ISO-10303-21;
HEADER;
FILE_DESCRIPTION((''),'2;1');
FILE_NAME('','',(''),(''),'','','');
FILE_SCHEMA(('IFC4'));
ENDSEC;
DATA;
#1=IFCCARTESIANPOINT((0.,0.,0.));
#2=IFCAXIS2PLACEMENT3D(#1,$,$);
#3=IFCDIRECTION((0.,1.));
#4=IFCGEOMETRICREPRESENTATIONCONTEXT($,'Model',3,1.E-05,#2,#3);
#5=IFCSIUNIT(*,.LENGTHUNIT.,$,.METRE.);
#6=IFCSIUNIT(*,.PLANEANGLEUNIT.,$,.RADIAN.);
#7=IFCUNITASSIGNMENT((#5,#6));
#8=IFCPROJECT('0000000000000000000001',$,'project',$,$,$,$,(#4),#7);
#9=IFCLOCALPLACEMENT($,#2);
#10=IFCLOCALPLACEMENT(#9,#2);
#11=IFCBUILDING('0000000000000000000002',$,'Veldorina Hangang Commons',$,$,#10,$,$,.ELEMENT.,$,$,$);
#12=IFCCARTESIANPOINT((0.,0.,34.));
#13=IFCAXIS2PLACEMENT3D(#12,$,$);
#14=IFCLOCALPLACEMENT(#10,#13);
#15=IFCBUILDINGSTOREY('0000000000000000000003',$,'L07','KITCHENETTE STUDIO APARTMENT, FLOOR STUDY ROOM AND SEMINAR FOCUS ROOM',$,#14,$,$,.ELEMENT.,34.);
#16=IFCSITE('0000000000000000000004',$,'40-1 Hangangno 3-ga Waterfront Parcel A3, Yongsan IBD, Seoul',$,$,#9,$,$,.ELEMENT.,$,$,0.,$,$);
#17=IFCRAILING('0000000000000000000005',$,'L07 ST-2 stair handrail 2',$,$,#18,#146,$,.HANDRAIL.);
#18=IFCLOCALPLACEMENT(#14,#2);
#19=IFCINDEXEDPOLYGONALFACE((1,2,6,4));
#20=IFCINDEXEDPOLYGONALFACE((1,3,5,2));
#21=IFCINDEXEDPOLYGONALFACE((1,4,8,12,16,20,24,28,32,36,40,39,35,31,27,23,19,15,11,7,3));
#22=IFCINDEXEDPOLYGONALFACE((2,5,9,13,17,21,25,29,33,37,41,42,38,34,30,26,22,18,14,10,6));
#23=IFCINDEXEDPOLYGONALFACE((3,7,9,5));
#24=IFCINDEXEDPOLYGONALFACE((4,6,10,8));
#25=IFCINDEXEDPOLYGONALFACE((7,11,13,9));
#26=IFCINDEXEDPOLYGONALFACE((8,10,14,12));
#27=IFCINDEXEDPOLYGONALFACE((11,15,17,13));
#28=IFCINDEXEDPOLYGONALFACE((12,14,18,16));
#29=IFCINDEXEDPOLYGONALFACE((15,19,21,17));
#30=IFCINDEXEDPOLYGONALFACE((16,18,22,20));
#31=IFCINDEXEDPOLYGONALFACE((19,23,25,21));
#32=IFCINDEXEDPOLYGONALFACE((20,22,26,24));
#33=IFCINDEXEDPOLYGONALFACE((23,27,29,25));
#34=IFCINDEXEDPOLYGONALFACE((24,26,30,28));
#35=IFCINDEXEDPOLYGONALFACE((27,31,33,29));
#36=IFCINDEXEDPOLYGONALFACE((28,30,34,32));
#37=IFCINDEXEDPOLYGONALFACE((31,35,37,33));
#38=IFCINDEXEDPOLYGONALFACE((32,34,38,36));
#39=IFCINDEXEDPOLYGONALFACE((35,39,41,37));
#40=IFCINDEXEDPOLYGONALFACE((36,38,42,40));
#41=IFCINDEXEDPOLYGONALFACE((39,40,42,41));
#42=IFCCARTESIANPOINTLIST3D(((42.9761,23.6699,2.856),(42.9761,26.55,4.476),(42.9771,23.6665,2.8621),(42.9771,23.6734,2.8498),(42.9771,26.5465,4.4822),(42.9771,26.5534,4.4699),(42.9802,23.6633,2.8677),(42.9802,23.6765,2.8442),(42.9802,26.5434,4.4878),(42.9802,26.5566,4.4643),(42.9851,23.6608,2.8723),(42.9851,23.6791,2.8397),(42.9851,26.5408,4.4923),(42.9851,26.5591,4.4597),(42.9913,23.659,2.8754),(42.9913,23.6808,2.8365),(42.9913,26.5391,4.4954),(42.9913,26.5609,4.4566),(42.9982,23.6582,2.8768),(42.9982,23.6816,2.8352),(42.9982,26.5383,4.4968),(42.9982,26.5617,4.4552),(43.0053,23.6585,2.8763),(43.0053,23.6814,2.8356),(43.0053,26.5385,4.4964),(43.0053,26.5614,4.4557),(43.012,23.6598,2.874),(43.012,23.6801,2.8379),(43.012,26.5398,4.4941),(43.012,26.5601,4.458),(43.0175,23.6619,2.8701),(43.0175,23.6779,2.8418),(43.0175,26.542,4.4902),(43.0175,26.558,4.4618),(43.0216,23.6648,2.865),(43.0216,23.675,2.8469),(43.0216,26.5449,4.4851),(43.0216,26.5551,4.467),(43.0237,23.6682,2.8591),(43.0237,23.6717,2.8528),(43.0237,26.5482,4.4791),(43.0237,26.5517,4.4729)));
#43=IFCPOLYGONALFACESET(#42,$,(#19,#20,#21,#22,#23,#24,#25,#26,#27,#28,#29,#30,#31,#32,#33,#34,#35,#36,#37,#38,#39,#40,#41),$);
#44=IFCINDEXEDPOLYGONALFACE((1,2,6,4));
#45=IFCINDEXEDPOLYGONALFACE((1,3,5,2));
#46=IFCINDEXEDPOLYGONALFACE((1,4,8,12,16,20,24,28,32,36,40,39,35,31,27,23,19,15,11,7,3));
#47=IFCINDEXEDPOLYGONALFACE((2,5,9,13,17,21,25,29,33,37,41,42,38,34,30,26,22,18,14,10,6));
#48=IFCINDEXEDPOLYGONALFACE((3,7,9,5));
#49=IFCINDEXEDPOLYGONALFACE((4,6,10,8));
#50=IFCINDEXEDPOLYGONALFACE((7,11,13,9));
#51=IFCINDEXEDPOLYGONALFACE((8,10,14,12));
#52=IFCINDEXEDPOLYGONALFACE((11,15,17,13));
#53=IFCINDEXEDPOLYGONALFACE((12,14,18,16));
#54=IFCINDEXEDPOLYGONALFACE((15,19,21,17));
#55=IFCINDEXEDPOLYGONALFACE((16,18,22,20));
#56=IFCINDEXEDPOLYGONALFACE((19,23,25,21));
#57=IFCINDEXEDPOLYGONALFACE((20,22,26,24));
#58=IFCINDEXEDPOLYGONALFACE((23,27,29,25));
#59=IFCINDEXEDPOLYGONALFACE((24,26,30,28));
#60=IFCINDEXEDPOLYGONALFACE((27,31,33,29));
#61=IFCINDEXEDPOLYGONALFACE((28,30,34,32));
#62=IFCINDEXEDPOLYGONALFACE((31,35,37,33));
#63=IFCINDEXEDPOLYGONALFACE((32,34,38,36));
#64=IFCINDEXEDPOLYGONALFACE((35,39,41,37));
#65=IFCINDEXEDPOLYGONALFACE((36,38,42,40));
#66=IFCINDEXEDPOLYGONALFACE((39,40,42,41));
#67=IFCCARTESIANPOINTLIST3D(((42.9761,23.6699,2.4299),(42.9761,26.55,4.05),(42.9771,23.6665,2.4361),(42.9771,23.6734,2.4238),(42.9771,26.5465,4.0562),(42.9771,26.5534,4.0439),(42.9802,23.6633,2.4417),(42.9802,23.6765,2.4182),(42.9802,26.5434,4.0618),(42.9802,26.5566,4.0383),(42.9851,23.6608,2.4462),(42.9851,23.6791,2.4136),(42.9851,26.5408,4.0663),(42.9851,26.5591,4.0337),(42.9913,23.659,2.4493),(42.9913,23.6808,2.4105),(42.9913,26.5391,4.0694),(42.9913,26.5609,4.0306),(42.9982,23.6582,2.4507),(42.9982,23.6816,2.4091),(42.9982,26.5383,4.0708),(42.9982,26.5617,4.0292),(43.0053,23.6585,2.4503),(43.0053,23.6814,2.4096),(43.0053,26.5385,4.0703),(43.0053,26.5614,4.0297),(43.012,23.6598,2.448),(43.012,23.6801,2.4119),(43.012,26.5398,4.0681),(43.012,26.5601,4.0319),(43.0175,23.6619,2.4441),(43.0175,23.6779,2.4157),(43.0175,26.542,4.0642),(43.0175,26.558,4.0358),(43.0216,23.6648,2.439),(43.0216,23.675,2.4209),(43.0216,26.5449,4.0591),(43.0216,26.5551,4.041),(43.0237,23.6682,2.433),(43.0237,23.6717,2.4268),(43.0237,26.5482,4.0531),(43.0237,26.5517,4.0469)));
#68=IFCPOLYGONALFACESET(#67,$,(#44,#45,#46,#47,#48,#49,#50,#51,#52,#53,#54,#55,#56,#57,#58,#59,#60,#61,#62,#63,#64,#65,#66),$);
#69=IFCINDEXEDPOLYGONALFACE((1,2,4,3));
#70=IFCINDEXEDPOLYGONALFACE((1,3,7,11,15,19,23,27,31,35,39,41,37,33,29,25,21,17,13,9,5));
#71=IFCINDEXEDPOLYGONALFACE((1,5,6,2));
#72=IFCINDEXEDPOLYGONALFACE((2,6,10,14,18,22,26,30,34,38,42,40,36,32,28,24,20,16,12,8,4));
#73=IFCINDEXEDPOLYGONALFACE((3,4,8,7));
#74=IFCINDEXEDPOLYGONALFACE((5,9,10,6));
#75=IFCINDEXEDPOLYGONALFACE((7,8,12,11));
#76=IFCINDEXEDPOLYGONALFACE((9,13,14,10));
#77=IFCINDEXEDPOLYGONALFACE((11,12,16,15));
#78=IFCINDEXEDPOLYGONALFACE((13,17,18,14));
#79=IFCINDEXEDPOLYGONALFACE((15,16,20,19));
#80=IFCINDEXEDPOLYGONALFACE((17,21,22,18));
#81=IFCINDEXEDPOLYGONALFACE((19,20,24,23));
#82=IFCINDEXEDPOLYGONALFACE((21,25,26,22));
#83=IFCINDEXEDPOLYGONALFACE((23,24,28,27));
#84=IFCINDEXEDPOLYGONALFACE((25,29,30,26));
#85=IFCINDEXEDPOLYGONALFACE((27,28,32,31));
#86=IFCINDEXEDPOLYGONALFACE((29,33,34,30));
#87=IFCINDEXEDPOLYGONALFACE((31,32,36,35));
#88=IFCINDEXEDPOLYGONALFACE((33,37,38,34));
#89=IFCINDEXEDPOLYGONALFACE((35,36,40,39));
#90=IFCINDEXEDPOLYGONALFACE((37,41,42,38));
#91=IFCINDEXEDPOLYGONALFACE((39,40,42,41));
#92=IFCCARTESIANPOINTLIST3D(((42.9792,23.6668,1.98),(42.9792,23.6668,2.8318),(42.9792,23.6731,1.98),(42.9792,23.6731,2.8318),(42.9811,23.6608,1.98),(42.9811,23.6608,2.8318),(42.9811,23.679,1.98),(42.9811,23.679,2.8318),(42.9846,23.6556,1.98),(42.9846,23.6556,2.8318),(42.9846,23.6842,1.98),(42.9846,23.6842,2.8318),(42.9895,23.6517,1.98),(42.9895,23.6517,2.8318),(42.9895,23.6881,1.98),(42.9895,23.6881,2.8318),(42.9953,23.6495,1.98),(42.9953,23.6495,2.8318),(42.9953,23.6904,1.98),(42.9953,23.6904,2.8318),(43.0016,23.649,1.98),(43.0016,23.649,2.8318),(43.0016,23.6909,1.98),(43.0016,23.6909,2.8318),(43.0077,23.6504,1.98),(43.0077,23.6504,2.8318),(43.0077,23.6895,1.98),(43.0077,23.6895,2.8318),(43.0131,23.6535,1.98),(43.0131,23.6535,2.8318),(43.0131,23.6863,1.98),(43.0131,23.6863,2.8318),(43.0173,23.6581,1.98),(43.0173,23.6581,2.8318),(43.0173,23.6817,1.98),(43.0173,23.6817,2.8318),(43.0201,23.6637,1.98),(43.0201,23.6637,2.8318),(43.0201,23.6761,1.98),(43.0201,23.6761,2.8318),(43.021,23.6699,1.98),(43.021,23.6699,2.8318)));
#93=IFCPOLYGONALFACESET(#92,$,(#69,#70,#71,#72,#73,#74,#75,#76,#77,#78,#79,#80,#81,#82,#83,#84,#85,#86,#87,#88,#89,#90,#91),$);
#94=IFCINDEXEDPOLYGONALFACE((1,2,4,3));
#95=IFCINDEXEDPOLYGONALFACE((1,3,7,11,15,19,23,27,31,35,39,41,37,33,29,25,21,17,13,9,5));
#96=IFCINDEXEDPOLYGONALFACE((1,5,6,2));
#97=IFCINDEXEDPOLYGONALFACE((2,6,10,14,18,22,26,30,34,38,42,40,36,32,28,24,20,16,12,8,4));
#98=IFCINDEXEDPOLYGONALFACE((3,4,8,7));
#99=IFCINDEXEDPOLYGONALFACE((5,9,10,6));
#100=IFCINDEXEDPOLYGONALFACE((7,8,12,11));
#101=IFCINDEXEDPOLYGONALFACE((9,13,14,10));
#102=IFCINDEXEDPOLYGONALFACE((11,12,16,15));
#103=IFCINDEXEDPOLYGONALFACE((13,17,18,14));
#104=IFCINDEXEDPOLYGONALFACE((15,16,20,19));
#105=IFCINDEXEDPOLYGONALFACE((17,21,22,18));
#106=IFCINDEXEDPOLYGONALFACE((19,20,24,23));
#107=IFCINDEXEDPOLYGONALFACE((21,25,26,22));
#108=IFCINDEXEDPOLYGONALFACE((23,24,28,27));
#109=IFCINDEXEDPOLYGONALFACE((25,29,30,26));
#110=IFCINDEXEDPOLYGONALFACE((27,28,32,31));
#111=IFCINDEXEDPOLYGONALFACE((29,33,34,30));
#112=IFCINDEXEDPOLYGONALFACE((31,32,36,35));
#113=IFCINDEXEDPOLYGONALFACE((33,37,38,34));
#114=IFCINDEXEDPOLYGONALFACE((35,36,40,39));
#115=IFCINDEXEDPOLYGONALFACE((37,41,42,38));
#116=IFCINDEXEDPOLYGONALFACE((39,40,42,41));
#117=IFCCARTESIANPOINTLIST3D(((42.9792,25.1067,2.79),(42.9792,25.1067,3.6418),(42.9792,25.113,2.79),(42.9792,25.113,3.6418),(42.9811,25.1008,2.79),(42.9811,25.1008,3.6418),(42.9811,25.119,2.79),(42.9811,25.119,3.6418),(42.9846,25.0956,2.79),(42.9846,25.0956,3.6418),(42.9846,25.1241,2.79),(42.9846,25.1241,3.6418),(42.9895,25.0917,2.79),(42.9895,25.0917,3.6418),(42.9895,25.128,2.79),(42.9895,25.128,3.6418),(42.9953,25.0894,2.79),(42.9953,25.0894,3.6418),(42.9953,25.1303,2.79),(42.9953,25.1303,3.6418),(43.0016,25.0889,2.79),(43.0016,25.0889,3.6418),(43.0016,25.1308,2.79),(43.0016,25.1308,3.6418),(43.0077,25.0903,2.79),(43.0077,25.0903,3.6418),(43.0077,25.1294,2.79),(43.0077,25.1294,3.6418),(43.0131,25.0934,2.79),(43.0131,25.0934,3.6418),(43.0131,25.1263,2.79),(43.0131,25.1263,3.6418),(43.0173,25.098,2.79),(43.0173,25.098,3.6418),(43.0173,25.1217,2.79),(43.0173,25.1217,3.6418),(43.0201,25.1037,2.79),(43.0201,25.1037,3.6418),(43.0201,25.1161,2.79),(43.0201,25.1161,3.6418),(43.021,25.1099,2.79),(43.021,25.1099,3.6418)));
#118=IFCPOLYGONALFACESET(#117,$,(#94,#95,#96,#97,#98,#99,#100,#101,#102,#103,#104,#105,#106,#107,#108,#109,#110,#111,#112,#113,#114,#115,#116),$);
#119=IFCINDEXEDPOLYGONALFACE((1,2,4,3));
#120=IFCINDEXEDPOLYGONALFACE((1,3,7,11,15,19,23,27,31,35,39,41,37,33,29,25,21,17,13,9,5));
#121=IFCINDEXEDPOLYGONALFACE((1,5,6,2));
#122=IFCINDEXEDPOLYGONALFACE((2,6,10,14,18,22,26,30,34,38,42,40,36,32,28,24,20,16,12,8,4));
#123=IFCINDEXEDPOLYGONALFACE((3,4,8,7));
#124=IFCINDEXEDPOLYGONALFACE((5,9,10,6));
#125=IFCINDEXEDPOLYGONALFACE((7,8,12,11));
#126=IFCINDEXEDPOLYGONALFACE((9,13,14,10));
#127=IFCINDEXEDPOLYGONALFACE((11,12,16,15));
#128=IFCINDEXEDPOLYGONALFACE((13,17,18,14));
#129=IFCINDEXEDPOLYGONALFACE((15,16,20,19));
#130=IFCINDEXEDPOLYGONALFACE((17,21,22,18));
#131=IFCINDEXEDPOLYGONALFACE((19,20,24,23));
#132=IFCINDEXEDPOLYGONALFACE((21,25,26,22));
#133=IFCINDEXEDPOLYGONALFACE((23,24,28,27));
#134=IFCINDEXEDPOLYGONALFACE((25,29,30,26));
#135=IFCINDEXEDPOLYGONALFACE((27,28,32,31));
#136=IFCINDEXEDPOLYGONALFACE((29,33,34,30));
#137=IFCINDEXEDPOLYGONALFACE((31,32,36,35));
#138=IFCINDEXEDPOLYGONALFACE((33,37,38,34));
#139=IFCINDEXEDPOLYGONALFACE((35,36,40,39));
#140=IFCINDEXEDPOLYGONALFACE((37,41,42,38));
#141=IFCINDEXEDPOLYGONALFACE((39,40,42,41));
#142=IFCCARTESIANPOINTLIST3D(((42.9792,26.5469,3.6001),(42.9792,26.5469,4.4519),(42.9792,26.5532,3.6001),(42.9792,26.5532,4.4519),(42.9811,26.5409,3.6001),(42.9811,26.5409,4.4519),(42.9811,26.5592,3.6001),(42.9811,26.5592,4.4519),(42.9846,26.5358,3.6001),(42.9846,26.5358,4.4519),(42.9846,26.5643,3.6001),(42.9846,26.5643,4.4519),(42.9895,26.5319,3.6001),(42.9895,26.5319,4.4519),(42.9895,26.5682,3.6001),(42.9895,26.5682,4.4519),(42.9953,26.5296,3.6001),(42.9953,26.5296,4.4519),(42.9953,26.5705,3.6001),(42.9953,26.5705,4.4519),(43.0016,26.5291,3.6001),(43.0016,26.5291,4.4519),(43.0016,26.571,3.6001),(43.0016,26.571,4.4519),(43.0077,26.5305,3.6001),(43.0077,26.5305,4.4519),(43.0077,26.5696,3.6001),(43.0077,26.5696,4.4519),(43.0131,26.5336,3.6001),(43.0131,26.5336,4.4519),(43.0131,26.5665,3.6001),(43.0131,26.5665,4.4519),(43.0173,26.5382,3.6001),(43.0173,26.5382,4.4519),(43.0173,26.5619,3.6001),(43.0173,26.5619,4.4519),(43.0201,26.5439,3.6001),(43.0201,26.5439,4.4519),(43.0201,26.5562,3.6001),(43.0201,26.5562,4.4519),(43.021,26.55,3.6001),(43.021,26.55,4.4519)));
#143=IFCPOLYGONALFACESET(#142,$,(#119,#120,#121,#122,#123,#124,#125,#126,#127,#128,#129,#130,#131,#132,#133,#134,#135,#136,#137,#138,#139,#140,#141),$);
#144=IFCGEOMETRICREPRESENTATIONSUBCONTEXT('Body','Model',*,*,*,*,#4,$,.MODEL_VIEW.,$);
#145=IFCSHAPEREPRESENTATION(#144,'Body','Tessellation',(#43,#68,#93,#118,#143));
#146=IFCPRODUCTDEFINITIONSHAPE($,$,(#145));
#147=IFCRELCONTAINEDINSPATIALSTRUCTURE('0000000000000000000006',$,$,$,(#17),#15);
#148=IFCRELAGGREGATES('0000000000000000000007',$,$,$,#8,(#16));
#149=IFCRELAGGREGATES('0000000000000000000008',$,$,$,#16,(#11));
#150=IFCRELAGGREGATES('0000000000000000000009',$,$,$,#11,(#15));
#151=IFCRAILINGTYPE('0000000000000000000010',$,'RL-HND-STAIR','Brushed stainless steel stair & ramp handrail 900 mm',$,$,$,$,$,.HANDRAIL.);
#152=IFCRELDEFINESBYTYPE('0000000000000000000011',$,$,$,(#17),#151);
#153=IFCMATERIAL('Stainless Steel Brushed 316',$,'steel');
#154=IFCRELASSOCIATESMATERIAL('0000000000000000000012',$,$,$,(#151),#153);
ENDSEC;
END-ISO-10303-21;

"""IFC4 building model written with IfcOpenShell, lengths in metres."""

from ifc_helpers import new_model, si_unit, direction, frame, origin, origin_2d, place, context, subcontext, project, spatial, circle, extrude, material, type_object, element, save


model = new_model("IFC4")

# Units and contexts
model_context = context("Model", 3, precision=1e-05, world=origin(), true_north=direction((0.0, 1.0)))
body_context = subcontext(model_context, "Body", "Model", "MODEL_VIEW")
ifc_project = project(units=[si_unit("LENGTHUNIT", "METRE"), si_unit("PLANEANGLEUNIT", "RADIAN")], contexts=[model_context])

# Site, building, storey
site_placement = place(None, origin())
site = spatial("IfcSite", under=ifc_project, at=site_placement, Name="40-1 Hangangno 3-ga Waterfront Parcel A3, Yongsan IBD, Seoul", CompositionType="ELEMENT", RefElevation=0.0)
building_placement = place(site_placement, origin())
building = spatial("IfcBuilding", under=site, at=building_placement, Name="Veldorina Hangang Commons", CompositionType="ELEMENT")
storey_placement = place(building_placement, frame((0.0, 0.0, 34.0)))
storey = spatial("IfcBuildingStorey", under=building, at=storey_placement, Name="L07", Description="KITCHENETTE STUDIO APARTMENT, FLOOR STUDY ROOM AND SEMINAR FOCUS ROOM", CompositionType="ELEMENT", Elevation=34.0)

# Railing
ifc_material_1 = material(Name="Stainless Steel Brushed 316", Category="steel")
railing_type_1 = type_object("IfcRailingType", Name="RL-HND-STAIR", Description="Brushed stainless steel stair & ramp handrail 900 mm", PredefinedType="HANDRAIL", material=ifc_material_1)
railing_1_placement = place(storey_placement, frame((43.0, 23.6699, 1.98)))
element("IfcRailing", 1, at=railing_1_placement, inside=storey, type_object=railing_type_1, Name="L07 ST-2 stair handrail 2", PredefinedType="HANDRAIL", context=body_context, shape_type="SweptSolid", body=[
    extrude(circle(Radius=0.0239, at=origin_2d()), frame((0.0, 0.0, 0.876), z_axis=(0.0, 0.87157, 0.490272), x_axis=(-1.0, 0.0, 0.0)), (0.0, 0.0, 1.0), 3.3044),
    extrude(circle(Radius=0.0239, at=origin_2d()), frame((0.0, 0.0, 0.45), z_axis=(0.0, 0.87157, 0.490272), x_axis=(-1.0, 0.0, 0.0)), (0.0, 0.0, 1.0), 3.3044),
    extrude(circle(Radius=0.021, at=origin_2d()), origin(), (0.0, 0.0, 1.0), 0.8518),
    extrude(circle(Radius=0.021, at=origin_2d()), frame((0.0, 1.4399, 0.8101)), (0.0, 0.0, 1.0), 0.8518),
    extrude(circle(Radius=0.021, at=origin_2d()), frame((0.0, 2.8801, 1.6201)), (0.0, 0.0, 1.0), 0.8518),
])

save(model, "model.ifc")
